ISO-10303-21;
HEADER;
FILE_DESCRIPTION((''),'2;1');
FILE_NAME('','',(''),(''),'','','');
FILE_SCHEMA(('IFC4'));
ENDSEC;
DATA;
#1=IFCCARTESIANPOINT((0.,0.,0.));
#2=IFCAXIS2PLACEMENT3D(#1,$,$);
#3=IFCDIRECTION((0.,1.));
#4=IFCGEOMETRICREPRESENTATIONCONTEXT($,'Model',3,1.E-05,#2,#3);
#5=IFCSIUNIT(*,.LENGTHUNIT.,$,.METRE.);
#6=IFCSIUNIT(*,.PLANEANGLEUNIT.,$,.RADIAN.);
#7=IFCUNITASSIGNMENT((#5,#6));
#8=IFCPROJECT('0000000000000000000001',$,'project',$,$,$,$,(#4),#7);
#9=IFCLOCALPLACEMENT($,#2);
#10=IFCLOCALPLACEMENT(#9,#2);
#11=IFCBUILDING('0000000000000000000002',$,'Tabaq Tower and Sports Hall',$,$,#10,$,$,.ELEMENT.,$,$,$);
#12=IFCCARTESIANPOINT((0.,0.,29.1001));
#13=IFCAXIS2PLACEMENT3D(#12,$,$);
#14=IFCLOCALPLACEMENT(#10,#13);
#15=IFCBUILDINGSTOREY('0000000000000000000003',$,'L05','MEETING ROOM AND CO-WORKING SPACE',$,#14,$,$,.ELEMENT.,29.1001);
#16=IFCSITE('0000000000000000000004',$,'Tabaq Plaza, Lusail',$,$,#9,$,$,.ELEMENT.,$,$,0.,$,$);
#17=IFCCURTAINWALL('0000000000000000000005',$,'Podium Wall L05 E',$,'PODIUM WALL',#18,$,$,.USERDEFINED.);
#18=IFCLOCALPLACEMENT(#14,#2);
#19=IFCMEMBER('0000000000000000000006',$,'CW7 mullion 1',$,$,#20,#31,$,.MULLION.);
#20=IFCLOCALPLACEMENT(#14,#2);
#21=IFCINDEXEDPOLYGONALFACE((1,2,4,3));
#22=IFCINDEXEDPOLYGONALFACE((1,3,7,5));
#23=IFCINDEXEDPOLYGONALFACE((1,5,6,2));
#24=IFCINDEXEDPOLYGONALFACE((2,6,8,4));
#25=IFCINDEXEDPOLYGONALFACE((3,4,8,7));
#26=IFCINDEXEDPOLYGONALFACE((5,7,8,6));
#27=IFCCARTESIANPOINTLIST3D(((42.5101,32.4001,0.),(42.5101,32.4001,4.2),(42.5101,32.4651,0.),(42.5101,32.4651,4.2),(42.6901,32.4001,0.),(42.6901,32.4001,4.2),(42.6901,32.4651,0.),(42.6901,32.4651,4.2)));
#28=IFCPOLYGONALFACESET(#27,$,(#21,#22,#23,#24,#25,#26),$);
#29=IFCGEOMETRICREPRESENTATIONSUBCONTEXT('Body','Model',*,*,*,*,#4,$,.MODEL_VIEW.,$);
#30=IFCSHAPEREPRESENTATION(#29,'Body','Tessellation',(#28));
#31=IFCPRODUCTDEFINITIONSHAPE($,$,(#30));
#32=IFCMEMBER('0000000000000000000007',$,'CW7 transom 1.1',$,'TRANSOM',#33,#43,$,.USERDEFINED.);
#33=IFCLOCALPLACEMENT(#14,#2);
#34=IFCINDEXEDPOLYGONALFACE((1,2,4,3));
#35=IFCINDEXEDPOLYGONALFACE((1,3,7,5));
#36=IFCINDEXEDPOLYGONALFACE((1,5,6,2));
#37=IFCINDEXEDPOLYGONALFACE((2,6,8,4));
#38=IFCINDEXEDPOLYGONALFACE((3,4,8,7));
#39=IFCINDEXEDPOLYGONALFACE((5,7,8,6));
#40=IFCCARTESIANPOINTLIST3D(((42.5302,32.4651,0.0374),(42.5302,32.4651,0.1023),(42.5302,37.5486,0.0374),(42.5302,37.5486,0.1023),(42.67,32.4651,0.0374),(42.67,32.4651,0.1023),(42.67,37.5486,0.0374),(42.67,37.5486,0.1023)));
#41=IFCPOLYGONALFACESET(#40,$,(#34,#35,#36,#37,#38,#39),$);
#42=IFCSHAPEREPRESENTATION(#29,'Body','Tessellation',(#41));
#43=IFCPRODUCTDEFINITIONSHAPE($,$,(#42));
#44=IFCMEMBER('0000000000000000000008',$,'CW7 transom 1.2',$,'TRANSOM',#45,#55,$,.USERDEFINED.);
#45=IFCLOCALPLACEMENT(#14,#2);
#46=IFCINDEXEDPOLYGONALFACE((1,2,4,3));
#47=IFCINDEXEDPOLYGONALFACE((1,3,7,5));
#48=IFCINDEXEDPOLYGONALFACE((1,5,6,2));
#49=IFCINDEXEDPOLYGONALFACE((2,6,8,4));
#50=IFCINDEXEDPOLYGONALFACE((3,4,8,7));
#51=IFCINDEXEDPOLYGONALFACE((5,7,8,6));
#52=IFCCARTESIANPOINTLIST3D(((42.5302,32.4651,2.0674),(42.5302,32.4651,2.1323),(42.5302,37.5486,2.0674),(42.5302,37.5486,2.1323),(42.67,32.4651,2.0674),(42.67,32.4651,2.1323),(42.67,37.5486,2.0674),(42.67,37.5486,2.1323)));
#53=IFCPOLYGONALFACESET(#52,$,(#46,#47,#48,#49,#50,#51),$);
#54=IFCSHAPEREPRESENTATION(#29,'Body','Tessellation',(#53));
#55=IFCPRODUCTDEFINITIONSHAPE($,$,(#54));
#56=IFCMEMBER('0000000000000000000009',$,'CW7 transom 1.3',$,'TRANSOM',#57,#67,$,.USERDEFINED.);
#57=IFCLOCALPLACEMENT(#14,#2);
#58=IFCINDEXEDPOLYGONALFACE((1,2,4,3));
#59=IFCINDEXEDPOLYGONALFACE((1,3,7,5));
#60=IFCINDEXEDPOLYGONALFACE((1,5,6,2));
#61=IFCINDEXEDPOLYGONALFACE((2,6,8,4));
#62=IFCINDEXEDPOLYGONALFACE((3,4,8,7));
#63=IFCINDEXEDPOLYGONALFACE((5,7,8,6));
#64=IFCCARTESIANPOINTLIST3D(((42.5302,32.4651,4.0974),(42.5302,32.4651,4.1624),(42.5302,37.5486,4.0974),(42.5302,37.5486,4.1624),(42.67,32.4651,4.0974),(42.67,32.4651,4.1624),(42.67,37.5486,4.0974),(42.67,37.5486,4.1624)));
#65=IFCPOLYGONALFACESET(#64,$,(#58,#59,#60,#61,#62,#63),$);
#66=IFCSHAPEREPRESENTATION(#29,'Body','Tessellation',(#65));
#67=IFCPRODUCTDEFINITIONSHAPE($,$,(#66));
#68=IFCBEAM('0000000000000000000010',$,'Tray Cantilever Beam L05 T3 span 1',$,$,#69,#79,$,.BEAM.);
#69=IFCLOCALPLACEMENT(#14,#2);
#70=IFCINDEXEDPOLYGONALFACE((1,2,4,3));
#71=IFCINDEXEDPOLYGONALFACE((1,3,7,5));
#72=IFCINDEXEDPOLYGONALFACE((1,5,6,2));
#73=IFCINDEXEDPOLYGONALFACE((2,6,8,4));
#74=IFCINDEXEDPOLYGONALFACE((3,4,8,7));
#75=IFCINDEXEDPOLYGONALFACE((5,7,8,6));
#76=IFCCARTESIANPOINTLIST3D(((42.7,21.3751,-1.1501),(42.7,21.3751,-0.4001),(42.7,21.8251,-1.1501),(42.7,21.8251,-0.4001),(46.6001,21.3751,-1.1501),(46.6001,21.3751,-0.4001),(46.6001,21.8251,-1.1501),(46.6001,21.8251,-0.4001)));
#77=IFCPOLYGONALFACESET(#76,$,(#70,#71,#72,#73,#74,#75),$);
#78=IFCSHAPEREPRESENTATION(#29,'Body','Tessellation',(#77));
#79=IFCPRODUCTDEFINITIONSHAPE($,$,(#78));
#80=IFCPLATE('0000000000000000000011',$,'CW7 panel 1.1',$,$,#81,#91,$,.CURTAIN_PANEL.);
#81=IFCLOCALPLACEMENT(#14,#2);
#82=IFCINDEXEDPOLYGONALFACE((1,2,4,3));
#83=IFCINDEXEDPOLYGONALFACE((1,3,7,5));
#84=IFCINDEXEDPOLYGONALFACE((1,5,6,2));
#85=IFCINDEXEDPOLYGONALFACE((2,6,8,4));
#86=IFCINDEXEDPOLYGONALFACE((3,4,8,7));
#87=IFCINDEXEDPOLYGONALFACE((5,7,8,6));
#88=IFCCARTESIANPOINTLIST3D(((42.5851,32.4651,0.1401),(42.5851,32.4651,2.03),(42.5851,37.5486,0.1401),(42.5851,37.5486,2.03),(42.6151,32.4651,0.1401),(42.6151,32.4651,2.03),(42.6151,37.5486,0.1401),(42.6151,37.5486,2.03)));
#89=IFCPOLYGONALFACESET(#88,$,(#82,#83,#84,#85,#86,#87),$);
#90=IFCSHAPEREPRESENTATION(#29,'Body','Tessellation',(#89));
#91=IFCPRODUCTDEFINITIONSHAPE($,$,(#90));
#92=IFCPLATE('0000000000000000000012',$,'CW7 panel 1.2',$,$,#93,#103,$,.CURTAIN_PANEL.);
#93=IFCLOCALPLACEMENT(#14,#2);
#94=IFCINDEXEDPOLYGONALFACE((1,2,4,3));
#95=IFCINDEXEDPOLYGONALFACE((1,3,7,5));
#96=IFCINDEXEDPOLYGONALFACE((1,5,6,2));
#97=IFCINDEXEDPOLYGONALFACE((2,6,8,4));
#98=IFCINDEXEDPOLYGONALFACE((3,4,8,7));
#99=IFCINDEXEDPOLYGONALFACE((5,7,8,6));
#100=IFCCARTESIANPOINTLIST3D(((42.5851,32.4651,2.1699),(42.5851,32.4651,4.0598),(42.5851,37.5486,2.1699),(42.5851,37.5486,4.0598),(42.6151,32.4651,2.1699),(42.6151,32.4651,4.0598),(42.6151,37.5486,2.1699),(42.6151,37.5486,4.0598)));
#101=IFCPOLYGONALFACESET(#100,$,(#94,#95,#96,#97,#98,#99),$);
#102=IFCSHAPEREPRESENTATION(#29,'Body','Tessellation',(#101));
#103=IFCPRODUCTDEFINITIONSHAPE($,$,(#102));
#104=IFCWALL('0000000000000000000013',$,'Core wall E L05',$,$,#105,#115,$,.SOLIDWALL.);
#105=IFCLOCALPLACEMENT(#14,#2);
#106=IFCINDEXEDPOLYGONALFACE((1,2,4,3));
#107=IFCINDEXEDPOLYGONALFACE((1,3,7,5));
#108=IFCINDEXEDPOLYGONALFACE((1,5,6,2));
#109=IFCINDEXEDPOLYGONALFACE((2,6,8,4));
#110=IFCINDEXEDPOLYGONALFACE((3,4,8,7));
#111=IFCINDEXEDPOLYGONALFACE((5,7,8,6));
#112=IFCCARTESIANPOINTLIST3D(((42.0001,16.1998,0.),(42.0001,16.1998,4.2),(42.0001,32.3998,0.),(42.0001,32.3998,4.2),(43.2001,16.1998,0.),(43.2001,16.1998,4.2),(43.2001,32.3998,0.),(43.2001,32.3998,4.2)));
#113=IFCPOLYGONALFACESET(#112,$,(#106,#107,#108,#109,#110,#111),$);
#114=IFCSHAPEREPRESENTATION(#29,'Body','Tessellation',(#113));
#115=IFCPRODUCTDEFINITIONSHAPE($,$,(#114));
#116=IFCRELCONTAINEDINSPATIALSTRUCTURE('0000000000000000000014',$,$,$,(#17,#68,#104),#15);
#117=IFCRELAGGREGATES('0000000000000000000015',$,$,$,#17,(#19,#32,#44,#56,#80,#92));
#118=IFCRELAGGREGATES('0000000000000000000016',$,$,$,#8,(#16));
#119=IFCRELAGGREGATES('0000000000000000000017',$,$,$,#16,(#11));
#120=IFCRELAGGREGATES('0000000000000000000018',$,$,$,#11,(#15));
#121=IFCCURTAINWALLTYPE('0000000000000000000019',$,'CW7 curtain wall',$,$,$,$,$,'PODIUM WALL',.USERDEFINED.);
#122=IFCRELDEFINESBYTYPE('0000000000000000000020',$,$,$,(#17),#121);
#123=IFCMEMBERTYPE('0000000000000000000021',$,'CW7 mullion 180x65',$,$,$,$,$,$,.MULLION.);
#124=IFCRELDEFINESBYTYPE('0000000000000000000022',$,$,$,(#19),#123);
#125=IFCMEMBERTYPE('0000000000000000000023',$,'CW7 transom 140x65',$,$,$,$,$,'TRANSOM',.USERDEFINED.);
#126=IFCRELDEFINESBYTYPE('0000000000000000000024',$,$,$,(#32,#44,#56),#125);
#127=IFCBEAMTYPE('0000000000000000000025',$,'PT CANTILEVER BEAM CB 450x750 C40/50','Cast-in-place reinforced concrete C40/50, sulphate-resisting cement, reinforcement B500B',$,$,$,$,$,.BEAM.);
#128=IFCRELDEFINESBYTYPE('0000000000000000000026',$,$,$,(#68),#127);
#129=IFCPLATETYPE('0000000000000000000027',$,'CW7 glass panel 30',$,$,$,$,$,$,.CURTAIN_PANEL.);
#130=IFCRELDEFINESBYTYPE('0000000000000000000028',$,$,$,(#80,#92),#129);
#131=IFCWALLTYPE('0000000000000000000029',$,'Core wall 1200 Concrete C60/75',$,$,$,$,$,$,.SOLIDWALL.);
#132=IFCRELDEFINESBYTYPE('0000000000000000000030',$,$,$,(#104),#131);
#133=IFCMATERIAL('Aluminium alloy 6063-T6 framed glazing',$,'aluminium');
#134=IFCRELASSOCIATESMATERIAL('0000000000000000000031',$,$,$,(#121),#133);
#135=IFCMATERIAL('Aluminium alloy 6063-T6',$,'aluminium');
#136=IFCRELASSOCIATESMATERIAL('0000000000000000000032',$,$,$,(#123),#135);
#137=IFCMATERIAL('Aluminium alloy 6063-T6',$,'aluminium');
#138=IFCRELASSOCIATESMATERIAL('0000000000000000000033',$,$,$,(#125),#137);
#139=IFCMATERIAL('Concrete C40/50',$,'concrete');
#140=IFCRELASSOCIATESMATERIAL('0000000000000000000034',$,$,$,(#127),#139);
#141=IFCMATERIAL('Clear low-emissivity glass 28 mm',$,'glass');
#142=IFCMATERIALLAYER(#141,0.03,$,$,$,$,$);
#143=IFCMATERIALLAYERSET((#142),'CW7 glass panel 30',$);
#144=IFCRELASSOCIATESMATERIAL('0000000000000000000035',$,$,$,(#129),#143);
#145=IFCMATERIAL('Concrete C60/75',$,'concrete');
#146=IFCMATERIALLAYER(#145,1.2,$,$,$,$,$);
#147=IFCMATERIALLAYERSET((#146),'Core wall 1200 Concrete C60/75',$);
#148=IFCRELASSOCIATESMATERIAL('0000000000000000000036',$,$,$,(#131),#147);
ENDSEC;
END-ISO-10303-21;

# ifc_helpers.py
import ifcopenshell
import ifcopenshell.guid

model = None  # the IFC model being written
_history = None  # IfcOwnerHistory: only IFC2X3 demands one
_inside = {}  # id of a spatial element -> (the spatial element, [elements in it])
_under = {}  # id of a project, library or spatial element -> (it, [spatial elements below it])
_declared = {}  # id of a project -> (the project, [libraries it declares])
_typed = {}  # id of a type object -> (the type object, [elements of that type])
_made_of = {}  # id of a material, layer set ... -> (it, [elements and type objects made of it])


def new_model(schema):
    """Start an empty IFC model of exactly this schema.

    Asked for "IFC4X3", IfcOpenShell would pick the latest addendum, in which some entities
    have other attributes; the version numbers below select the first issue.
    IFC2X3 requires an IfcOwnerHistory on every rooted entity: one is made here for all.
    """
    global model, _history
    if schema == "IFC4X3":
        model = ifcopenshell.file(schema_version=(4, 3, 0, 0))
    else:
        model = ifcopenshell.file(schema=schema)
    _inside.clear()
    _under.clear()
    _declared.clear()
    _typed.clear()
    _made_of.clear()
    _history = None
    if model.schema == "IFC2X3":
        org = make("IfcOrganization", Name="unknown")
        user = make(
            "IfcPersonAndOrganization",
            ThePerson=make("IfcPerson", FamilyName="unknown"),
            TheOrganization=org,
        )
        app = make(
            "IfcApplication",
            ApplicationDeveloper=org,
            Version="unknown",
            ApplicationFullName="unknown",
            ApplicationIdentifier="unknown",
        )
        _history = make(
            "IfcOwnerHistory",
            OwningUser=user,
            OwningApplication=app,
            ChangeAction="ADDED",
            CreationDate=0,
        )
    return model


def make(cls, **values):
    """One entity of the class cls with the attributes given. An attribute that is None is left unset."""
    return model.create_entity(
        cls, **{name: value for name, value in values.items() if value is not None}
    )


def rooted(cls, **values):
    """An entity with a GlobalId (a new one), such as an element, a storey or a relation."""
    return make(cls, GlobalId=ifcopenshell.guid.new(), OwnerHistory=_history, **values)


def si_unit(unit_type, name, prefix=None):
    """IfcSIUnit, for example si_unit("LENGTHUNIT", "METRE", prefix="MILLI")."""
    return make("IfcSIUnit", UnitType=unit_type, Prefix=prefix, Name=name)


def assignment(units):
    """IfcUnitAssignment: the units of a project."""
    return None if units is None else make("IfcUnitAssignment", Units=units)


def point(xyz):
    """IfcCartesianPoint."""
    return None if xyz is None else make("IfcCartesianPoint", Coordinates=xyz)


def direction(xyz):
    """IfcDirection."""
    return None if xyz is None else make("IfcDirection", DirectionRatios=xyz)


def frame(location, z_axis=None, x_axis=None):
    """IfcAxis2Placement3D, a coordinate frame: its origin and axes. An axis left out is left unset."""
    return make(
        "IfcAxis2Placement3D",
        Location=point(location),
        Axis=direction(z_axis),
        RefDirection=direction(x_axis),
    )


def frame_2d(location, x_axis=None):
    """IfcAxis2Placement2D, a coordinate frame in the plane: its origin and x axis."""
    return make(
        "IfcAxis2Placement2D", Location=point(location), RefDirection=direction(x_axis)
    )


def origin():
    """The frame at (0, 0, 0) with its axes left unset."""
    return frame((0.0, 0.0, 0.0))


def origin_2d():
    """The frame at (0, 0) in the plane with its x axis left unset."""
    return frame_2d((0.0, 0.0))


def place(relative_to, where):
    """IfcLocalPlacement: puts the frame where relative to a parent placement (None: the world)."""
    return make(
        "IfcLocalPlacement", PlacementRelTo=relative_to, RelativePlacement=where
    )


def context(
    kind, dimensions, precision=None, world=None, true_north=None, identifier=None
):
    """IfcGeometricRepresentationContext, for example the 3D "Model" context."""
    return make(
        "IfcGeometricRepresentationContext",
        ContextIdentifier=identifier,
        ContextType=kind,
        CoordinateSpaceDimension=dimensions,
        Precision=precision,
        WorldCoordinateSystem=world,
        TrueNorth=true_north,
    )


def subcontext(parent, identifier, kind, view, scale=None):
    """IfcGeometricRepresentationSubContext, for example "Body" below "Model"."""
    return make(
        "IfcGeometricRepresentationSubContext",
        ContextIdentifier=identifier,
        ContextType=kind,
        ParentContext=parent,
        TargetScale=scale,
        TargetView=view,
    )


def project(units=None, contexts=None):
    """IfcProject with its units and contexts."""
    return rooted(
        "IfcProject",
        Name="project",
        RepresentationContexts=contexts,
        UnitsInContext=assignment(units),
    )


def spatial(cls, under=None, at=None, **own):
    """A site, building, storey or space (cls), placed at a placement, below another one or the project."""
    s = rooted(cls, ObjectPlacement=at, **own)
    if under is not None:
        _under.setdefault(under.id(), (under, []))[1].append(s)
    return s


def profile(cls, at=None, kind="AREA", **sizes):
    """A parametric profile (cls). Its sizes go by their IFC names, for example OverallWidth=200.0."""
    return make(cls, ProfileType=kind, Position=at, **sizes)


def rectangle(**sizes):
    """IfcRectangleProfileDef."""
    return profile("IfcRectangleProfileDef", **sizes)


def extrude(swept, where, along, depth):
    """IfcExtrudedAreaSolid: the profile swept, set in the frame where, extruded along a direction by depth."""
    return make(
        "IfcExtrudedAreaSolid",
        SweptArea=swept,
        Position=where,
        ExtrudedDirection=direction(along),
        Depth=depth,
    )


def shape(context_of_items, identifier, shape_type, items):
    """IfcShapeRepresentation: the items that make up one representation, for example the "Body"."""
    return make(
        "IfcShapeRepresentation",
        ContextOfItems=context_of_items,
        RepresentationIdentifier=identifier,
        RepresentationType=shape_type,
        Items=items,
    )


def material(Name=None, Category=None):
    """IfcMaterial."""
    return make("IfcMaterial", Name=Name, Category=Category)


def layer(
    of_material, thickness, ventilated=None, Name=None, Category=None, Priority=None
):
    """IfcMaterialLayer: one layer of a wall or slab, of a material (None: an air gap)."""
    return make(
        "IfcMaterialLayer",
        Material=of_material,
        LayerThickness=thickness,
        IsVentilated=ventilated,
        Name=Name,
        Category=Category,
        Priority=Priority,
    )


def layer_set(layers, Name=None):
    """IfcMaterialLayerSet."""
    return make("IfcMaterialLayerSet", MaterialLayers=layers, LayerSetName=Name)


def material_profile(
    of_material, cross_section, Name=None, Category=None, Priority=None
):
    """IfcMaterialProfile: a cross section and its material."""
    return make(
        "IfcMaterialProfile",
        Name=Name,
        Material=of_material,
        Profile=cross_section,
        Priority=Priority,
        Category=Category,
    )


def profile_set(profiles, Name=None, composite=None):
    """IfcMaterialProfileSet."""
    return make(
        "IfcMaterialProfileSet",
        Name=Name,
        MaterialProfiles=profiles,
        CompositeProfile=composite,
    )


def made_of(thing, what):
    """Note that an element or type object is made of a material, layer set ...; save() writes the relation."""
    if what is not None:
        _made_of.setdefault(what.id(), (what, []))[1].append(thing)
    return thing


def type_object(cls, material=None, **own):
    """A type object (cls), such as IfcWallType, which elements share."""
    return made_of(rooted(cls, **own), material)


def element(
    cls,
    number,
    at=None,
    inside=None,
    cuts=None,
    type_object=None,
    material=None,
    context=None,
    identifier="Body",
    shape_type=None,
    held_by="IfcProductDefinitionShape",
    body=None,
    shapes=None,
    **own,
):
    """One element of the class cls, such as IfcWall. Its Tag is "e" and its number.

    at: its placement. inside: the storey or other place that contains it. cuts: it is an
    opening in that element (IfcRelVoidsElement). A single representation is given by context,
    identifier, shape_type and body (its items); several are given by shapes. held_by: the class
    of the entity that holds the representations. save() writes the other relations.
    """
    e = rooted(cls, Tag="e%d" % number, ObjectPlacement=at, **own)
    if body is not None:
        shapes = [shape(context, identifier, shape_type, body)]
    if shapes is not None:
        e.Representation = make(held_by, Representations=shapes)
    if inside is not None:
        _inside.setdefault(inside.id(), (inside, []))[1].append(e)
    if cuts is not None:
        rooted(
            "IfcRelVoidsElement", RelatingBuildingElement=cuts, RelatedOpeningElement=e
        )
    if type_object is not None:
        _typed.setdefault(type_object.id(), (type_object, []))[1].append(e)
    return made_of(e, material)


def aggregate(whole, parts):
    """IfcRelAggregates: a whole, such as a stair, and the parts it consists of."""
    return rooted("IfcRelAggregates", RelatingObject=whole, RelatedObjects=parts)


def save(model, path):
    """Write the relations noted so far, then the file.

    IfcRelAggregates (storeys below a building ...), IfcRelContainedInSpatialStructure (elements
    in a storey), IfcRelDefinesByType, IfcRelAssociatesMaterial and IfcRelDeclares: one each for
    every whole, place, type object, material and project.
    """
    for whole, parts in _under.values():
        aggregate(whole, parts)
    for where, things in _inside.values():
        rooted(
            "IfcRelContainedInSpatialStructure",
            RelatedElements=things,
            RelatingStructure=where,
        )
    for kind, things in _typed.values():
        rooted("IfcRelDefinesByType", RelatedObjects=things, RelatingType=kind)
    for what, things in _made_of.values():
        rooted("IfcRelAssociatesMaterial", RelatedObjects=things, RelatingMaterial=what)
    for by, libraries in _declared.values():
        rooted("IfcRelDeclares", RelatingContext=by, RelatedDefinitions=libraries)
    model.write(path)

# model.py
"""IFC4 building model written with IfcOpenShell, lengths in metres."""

from ifc_helpers import new_model, si_unit, direction, frame, frame_2d, origin, origin_2d, place, context, subcontext, project, spatial, rectangle, extrude, material, layer, layer_set, material_profile, profile_set, type_object, element, aggregate, save


model = new_model("IFC4")

# Units and contexts
model_context = context("Model", 3, precision=1e-05, world=origin(), true_north=direction((0.0, 1.0)))
body_context = subcontext(model_context, "Body", "Model", "MODEL_VIEW")
ifc_project = project(units=[si_unit("LENGTHUNIT", "METRE"), si_unit("PLANEANGLEUNIT", "RADIAN")], contexts=[model_context])

# Site, building, storey
site_placement = place(None, origin())
site = spatial("IfcSite", under=ifc_project, at=site_placement, Name="Tabaq Plaza, Lusail", CompositionType="ELEMENT", RefElevation=0.0)
building_placement = place(site_placement, origin())
building = spatial("IfcBuilding", under=site, at=building_placement, Name="Tabaq Tower and Sports Hall", CompositionType="ELEMENT")
storey_placement = place(building_placement, frame((0.0, 0.0, 29.1001)))
storey = spatial("IfcBuildingStorey", under=building, at=storey_placement, Name="L05", Description="MEETING ROOM AND CO-WORKING SPACE", CompositionType="ELEMENT", Elevation=29.1001)

# Curtain wall, members
ifc_material_1 = material(Name="Aluminium alloy 6063-T6 framed glazing", Category="aluminium")
curtain_wall_type = type_object("IfcCurtainWallType", Name="CW7 curtain wall", ElementType="PODIUM WALL", PredefinedType="USERDEFINED", material=ifc_material_1)
curtain_wall_placement = place(storey_placement, origin())
curtain_wall = element("IfcCurtainWall", 1, at=curtain_wall_placement, inside=storey, type_object=curtain_wall_type, Name="Podium Wall L05 E", ObjectType="PODIUM WALL", PredefinedType="USERDEFINED")
ifc_material_2 = material(Name="Aluminium alloy 6063-T6", Category="aluminium")
ifc_material_profile_1 = material_profile(ifc_material_2, rectangle(XDim=0.1799, YDim=0.0649, at=origin_2d()), Name="MULLION 180x65")
ifc_profile_set_1 = profile_set([ifc_material_profile_1], Name="Aluminium alloy 6063-T6")
member_type_1 = type_object("IfcMemberType", Name="CW7 mullion 180x65", PredefinedType="MULLION", material=ifc_profile_set_1)
member_1_placement = place(storey_placement, frame((42.6001, 32.4326, 0.0), z_axis=(0.0, 0.0, 1.0), x_axis=(-1.0, 0.0, 0.0)))
member_1 = element("IfcMember", 2, at=member_1_placement, type_object=member_type_1, Name="CW7 mullion 1", PredefinedType="MULLION", context=body_context, shape_type="SweptSolid", body=[
    extrude(rectangle(XDim=0.1799, YDim=0.0649, at=origin_2d()), origin(), (0.0, 0.0, 1.0), 4.2),
])
ifc_material_3 = material(Name="Aluminium alloy 6063-T6", Category="aluminium")
ifc_material_profile_2 = material_profile(ifc_material_3, rectangle(XDim=0.1399, YDim=0.0649, at=origin_2d()), Name="TRANSOM 140x65")
ifc_profile_set_2 = profile_set([ifc_material_profile_2], Name="Aluminium alloy 6063-T6")
member_type_2 = type_object("IfcMemberType", Name="CW7 transom 140x65", ElementType="TRANSOM", PredefinedType="USERDEFINED", material=ifc_profile_set_2)
member_2_placement = place(storey_placement, frame((42.6001, 32.4651, 0.0698), z_axis=(0.0, 1.0, 0.0), x_axis=(-1.0, 0.0, 0.0)))
member_2 = element("IfcMember", 3, at=member_2_placement, type_object=member_type_2, Name="CW7 transom 1.1", ObjectType="TRANSOM", PredefinedType="USERDEFINED", context=body_context, shape_type="SweptSolid", body=[
    extrude(rectangle(XDim=0.1399, YDim=0.0649, at=origin_2d()), origin(), (0.0, 0.0, 1.0), 5.0835),
])
member_3_placement = place(storey_placement, frame((42.6001, 32.4651, 2.0999), z_axis=(0.0, 1.0, 0.0), x_axis=(-1.0, 0.0, 0.0)))
member_3 = element("IfcMember", 4, at=member_3_placement, type_object=member_type_2, Name="CW7 transom 1.2", ObjectType="TRANSOM", PredefinedType="USERDEFINED", context=body_context, shape_type="SweptSolid", body=[
    extrude(rectangle(XDim=0.1399, YDim=0.0649, at=origin_2d()), origin(), (0.0, 0.0, 1.0), 5.0835),
])
member_4_placement = place(storey_placement, frame((42.6001, 32.4651, 4.1299), z_axis=(0.0, 1.0, 0.0), x_axis=(-1.0, 0.0, 0.0)))
member_4 = element("IfcMember", 5, at=member_4_placement, type_object=member_type_2, Name="CW7 transom 1.3", ObjectType="TRANSOM", PredefinedType="USERDEFINED", context=body_context, shape_type="SweptSolid", body=[
    extrude(rectangle(XDim=0.1399, YDim=0.0649, at=origin_2d()), origin(), (0.0, 0.0, 1.0), 5.0835),
])

# Beam
ifc_material_4 = material(Name="Concrete C40/50", Category="concrete")
ifc_material_profile_3 = material_profile(ifc_material_4, rectangle(XDim=0.45, YDim=0.75, at=origin_2d()), Name="CB 450x750")
ifc_profile_set_3 = profile_set([ifc_material_profile_3], Name="Concrete C40/50")
beam_type = type_object("IfcBeamType", Name="PT CANTILEVER BEAM CB 450x750 C40/50", Description="Cast-in-place reinforced concrete C40/50, sulphate-resisting cement, reinforcement B500B", PredefinedType="BEAM", material=ifc_profile_set_3)
beam_placement = place(storey_placement, frame((46.6001, 21.6001, -0.7751), z_axis=(-1.0, 0.0, 0.0), x_axis=(0.0, -1.0, 0.0)))
element("IfcBeam", 6, at=beam_placement, inside=storey, type_object=beam_type, Name="Tray Cantilever Beam L05 T3 span 1", PredefinedType="BEAM", context=body_context, shape_type="SweptSolid", body=[
    extrude(rectangle(XDim=0.45, YDim=0.75, at=origin_2d()), origin(), (0.0, 0.0, 1.0), 3.9001),
])

# Plates
ifc_material_5 = material(Name="Clear low-emissivity glass 28 mm", Category="glass")
ifc_layer_1 = layer(ifc_material_5, 0.03)
ifc_layer_set_1 = layer_set([ifc_layer_1], Name="CW7 glass panel 30")
plate_type = type_object("IfcPlateType", Name="CW7 glass panel 30", PredefinedType="CURTAIN_PANEL", material=ifc_layer_set_1)
plate_1_placement = place(storey_placement, frame((42.6001, 35.0068, 0.1401), z_axis=(0.0, 0.0, 1.0), x_axis=(0.0, 1.0, 0.0)))
plate_1 = element("IfcPlate", 7, at=plate_1_placement, type_object=plate_type, Name="CW7 panel 1.1", PredefinedType="CURTAIN_PANEL", context=body_context, shape_type="SweptSolid", body=[
    extrude(rectangle(XDim=5.0835, YDim=0.03, at=origin_2d()), origin(), (0.0, 0.0, 1.0), 1.8899),
])
plate_2_placement = place(storey_placement, frame((42.6001, 35.0068, 2.1699), z_axis=(0.0, 0.0, 1.0), x_axis=(0.0, 1.0, 0.0)))
plate_2 = element("IfcPlate", 8, at=plate_2_placement, type_object=plate_type, Name="CW7 panel 1.2", PredefinedType="CURTAIN_PANEL", context=body_context, shape_type="SweptSolid", body=[
    extrude(rectangle(XDim=5.0835, YDim=0.03, at=origin_2d()), origin(), (0.0, 0.0, 1.0), 1.8899),
])
aggregate(curtain_wall, [member_1, member_2, member_3, member_4, plate_1, plate_2])

# Wall
ifc_material_6 = material(Name="Concrete C60/75", Category="concrete")
ifc_layer_2 = layer(ifc_material_6, 1.2)
ifc_layer_set_2 = layer_set([ifc_layer_2], Name="Core wall 1200 Concrete C60/75")
wall_type_1 = type_object("IfcWallType", Name="Core wall 1200 Concrete C60/75", PredefinedType="SOLIDWALL", material=ifc_layer_set_2)
wall_1_placement = place(storey_placement, frame((42.6001, 32.3999, 0.0), z_axis=(0.0, 0.0, 1.0), x_axis=(0.0, -1.0, 0.0)))
element("IfcWall", 9, at=wall_1_placement, inside=storey, type_object=wall_type_1, Name="Core wall E L05", PredefinedType="SOLIDWALL", context=body_context, shape_type="SweptSolid", body=[
    extrude(rectangle(XDim=16.2, YDim=1.2, at=frame_2d((8.1001, 0.0))), origin(), (0.0, 0.0, 1.0), 4.2),
])

save(model, "model.ifc")
